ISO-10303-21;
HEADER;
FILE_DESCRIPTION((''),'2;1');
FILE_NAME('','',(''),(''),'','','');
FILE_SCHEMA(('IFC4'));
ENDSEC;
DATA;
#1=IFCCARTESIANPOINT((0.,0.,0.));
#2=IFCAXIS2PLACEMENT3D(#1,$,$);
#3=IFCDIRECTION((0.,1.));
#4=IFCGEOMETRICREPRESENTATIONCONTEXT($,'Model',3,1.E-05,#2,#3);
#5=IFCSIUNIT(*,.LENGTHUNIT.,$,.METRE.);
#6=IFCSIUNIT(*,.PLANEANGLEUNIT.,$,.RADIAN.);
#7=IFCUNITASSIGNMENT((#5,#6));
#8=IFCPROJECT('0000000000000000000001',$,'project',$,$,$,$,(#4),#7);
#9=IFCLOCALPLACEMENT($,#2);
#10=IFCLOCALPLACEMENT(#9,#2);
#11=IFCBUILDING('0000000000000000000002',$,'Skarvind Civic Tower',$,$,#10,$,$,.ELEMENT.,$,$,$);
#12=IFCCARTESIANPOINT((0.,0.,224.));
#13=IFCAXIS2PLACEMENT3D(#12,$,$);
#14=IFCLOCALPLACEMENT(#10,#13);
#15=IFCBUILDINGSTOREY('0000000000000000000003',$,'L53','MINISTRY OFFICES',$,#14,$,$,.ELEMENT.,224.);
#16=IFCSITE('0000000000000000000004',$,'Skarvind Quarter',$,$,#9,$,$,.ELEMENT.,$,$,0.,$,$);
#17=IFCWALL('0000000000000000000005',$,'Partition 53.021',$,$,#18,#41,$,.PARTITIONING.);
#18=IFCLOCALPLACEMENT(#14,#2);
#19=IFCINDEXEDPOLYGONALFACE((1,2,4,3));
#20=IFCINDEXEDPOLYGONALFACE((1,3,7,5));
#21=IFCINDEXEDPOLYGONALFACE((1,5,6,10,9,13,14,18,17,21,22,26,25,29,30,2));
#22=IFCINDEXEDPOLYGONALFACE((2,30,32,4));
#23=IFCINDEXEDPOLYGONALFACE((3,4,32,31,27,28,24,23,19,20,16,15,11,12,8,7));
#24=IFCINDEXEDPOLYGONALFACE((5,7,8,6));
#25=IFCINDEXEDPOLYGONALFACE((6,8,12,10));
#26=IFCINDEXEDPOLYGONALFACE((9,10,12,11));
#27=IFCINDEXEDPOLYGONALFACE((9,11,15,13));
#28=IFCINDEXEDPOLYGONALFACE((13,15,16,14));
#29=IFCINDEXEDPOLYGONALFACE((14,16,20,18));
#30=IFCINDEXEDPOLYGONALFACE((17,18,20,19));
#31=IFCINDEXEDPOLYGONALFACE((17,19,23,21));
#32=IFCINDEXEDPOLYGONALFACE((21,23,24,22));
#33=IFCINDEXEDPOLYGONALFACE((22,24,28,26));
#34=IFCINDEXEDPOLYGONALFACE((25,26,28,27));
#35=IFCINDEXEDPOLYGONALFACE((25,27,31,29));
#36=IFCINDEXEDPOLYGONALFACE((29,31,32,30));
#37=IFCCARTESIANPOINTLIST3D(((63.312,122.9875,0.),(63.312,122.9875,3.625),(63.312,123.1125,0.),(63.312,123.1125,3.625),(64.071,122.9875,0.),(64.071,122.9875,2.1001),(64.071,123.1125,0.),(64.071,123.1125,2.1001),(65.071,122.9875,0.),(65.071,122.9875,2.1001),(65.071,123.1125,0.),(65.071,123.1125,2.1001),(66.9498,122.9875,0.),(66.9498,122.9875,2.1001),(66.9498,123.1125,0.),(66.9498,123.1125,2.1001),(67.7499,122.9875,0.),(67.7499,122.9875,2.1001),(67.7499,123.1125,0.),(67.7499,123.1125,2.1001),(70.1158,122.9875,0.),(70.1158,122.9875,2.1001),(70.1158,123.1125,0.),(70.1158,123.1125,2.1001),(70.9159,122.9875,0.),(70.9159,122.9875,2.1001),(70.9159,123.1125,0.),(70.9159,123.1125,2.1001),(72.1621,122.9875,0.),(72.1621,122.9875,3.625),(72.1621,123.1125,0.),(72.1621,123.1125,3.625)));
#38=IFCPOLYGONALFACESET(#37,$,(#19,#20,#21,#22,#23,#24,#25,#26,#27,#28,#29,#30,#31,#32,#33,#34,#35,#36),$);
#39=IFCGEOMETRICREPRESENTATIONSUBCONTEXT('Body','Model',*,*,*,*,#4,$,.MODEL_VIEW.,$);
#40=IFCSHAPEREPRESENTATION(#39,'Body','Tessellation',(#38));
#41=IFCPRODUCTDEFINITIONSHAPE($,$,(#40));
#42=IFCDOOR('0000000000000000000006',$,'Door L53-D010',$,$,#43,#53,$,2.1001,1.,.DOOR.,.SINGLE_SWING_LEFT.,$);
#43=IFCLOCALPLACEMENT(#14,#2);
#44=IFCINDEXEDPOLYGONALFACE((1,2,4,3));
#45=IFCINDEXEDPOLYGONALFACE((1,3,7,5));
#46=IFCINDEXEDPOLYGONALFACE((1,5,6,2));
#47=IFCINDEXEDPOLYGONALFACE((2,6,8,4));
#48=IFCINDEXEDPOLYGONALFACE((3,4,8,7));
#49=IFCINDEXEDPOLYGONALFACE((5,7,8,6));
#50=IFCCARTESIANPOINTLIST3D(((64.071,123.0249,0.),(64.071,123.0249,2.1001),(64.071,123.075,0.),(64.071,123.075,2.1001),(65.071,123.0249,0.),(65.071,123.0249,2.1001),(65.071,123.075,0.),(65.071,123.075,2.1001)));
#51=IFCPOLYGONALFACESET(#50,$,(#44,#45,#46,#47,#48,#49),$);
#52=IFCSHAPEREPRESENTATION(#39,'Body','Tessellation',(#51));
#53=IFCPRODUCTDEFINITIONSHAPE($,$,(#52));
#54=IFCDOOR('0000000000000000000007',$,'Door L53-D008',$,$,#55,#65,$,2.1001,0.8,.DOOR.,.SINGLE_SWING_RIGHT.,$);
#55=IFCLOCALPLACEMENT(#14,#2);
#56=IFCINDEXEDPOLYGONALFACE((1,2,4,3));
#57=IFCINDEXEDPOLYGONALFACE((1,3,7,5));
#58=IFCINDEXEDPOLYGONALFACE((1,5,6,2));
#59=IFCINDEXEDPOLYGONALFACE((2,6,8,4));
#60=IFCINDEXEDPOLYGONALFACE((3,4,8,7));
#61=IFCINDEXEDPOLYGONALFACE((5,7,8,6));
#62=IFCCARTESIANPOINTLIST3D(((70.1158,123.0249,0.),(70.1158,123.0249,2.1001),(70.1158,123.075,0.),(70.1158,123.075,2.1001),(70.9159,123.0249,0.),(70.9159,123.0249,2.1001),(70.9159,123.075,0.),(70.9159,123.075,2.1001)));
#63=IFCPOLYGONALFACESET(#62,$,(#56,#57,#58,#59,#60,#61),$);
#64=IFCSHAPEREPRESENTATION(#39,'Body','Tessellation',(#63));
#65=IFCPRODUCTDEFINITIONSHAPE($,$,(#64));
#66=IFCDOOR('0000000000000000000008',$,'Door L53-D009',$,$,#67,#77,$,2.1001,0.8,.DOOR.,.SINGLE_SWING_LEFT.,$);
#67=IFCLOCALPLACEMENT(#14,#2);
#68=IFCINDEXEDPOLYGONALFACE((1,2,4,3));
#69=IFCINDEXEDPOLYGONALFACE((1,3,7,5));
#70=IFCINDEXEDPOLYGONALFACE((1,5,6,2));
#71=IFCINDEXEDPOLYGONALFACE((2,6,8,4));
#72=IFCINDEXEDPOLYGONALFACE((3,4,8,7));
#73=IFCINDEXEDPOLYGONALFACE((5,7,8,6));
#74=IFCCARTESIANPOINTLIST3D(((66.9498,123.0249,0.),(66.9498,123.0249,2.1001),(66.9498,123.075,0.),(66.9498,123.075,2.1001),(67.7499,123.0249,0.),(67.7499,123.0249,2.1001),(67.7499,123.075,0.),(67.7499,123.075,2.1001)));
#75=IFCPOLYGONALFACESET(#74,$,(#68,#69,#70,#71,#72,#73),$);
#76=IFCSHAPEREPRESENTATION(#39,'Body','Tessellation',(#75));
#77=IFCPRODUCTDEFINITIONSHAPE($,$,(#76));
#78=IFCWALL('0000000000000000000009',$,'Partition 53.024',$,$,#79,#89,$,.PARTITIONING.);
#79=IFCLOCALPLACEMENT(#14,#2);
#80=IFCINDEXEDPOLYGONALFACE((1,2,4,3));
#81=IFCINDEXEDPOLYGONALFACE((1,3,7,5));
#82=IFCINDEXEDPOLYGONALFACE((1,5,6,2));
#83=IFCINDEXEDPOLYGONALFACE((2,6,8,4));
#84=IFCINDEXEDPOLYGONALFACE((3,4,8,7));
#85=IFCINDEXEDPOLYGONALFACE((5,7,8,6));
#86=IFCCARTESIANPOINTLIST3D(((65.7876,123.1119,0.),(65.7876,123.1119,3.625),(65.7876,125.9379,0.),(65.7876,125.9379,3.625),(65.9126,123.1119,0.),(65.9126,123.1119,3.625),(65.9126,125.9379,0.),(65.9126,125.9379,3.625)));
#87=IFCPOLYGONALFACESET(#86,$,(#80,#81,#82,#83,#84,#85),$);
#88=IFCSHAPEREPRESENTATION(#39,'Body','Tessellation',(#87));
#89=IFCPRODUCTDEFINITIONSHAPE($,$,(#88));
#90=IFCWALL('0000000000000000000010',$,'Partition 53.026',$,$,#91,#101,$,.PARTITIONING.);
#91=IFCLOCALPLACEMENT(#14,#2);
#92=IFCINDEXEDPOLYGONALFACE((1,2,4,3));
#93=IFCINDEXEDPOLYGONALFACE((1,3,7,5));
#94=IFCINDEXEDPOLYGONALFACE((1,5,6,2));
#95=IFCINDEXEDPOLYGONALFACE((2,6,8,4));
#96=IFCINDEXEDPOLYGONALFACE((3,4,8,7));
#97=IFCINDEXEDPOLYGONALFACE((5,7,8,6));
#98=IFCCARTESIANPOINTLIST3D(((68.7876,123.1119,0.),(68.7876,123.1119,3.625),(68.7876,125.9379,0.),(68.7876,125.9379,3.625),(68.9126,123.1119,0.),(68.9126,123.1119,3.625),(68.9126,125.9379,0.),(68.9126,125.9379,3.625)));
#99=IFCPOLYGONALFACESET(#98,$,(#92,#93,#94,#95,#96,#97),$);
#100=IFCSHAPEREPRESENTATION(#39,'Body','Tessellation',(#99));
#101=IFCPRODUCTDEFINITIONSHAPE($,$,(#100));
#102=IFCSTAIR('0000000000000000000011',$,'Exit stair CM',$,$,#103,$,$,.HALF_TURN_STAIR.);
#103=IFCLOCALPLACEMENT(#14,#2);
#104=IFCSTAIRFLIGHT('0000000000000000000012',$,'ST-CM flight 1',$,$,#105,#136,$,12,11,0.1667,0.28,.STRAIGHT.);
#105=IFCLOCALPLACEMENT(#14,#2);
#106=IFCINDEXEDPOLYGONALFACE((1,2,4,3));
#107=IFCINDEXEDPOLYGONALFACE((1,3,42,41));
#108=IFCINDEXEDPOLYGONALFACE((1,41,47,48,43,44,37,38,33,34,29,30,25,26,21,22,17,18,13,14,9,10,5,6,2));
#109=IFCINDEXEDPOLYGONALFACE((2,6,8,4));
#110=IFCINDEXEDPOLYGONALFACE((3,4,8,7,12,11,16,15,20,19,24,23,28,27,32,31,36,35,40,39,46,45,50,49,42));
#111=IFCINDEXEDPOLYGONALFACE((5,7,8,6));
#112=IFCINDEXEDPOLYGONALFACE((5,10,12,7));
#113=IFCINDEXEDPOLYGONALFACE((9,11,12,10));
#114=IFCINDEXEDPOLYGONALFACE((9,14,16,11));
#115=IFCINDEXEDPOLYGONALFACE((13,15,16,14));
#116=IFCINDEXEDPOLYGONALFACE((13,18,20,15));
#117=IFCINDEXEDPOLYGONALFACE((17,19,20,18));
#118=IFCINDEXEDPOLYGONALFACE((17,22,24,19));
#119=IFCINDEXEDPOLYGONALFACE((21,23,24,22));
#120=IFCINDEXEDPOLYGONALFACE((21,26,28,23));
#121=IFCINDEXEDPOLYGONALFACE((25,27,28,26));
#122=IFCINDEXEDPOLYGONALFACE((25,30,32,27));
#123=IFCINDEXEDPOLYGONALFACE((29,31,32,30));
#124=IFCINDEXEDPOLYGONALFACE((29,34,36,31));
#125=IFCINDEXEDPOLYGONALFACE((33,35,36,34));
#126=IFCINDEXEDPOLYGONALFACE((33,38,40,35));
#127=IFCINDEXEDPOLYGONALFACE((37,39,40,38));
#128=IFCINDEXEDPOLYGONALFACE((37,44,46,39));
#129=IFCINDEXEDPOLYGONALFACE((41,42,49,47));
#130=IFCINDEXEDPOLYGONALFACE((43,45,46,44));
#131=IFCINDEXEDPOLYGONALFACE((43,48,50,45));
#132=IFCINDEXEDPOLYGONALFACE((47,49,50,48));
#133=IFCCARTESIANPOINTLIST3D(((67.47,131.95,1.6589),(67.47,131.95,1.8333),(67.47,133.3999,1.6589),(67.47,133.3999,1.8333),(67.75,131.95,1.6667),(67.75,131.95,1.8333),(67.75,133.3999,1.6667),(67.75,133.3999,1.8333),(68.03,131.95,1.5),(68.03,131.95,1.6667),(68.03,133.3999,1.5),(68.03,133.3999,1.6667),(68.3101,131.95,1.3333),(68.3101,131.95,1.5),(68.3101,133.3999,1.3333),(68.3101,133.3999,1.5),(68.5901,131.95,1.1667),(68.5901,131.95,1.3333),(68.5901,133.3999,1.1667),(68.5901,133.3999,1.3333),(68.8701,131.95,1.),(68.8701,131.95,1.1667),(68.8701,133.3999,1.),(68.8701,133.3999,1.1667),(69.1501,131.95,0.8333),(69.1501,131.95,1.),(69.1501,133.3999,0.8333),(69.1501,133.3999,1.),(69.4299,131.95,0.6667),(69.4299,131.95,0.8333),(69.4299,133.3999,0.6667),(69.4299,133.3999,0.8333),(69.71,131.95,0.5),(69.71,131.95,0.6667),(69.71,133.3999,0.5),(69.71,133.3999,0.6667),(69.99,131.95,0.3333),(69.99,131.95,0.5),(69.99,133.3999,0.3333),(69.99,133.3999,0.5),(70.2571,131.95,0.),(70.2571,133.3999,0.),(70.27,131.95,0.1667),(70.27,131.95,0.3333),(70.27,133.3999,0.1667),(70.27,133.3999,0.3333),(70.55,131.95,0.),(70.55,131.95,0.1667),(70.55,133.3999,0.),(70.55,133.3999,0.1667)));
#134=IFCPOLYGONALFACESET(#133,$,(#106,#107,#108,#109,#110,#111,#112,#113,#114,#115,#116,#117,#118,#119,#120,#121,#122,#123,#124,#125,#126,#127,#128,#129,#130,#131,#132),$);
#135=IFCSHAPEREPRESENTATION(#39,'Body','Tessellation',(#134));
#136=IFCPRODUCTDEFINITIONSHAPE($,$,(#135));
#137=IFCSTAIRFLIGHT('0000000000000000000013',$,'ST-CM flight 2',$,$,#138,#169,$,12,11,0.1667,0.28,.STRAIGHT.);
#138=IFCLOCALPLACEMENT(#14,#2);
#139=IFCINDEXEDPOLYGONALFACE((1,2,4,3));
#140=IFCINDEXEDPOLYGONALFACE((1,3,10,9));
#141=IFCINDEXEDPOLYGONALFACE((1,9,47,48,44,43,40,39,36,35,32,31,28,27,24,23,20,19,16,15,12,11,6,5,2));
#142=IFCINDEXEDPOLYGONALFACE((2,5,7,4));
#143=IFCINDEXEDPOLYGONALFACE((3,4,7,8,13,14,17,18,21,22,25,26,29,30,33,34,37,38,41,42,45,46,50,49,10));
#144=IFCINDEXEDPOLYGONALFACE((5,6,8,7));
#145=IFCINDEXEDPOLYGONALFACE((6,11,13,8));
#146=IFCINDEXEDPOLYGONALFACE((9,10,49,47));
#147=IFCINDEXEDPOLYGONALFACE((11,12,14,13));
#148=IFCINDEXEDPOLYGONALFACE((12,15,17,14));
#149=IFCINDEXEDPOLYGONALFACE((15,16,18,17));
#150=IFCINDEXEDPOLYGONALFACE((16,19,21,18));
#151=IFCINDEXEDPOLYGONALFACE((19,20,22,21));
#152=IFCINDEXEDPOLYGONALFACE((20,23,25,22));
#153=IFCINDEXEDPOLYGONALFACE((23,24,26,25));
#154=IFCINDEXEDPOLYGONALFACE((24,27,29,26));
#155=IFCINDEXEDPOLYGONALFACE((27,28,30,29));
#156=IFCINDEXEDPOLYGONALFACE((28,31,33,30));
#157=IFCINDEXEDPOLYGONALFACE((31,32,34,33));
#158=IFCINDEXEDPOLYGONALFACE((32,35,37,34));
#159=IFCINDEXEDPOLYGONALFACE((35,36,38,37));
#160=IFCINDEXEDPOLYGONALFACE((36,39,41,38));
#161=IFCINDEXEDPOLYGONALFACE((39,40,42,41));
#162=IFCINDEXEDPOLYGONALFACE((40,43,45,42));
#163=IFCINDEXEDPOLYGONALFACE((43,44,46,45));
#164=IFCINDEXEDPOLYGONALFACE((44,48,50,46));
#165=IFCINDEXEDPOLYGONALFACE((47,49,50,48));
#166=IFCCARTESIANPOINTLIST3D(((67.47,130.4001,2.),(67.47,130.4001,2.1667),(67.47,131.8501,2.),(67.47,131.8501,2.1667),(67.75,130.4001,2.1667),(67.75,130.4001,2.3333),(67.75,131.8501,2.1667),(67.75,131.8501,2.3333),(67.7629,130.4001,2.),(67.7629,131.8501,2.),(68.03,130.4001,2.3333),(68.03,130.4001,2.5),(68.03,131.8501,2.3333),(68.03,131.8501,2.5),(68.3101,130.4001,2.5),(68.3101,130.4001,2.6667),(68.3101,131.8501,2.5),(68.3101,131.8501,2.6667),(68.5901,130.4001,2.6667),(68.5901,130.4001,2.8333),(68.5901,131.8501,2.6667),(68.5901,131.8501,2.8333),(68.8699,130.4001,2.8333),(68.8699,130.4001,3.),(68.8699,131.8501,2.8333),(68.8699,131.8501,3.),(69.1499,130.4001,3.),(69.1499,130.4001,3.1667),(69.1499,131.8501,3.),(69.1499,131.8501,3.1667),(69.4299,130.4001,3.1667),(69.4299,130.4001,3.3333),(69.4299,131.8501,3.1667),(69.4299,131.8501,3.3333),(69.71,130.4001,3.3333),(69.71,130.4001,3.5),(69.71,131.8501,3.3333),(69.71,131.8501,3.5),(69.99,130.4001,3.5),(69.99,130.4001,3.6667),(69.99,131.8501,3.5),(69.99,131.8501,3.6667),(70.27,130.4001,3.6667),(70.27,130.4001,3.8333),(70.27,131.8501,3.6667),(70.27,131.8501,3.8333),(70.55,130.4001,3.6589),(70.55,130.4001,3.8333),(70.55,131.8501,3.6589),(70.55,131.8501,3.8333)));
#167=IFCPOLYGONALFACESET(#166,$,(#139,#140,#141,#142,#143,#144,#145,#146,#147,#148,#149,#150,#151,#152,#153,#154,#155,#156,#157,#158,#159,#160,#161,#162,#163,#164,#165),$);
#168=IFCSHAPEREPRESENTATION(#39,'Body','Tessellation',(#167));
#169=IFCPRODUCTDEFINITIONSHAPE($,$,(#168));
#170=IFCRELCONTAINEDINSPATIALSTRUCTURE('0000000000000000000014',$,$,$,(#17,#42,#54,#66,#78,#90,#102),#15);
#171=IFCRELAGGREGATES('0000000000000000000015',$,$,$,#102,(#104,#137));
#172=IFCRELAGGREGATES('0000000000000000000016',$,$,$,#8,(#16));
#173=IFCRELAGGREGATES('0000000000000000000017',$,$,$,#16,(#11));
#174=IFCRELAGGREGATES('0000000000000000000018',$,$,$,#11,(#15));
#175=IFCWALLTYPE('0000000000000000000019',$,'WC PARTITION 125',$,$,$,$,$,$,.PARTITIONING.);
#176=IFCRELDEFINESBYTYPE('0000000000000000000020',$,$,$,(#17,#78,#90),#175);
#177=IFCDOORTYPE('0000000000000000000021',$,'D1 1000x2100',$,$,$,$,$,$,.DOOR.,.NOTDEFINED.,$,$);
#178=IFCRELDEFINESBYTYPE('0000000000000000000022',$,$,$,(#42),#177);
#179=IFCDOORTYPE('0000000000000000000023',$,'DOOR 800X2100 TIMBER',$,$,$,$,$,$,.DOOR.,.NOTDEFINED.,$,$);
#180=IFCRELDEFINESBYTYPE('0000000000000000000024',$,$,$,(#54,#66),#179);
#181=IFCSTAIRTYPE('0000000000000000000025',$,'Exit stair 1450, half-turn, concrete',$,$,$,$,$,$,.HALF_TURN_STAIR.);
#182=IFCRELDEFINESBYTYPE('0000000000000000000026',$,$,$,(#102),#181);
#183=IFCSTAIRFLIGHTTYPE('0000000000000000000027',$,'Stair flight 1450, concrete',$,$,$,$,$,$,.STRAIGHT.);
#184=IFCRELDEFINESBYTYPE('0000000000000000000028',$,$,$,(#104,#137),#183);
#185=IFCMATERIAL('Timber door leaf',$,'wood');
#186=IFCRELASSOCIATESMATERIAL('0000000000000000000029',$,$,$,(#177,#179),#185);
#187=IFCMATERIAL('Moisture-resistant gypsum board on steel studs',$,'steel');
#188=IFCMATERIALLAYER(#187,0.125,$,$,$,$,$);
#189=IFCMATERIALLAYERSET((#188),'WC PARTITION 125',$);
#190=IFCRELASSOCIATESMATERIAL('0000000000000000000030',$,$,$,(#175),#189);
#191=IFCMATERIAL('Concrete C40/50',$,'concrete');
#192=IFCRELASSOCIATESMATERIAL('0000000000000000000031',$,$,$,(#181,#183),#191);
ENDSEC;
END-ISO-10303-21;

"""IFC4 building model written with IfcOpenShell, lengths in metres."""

from ifc_helpers import new_model, si_unit, direction, frame, frame_2d, origin, place, context, subcontext, project, spatial, polyline, rectangle, outline, extrude, material, layer, layer_set, type_object, element, fill, aggregate, save


model = new_model("IFC4")

# Units and contexts
model_context = context("Model", 3, precision=1e-05, world=origin(), true_north=direction((0.0, 1.0)))
body_context = subcontext(model_context, "Body", "Model", "MODEL_VIEW")
ifc_project = project(units=[si_unit("LENGTHUNIT", "METRE"), si_unit("PLANEANGLEUNIT", "RADIAN")], contexts=[model_context])

# Site, building, storey
site_placement = place(None, origin())
site = spatial("IfcSite", under=ifc_project, at=site_placement, Name="Skarvind Quarter", CompositionType="ELEMENT", RefElevation=0.0)
building_placement = place(site_placement, origin())
building = spatial("IfcBuilding", under=site, at=building_placement, Name="Skarvind Civic Tower", CompositionType="ELEMENT")
storey_placement = place(building_placement, frame((0.0, 0.0, 224.0)))
storey = spatial("IfcBuildingStorey", under=building, at=storey_placement, Name="L53", Description="MINISTRY OFFICES", CompositionType="ELEMENT", Elevation=224.0)

# Shared definitions
ifc_material_1 = material(Name="Timber door leaf", Category="wood")
door_type_1 = type_object("IfcDoorType", Name="D1 1000x2100", OperationType="NOTDEFINED", PredefinedType="DOOR", material=ifc_material_1)

# Wall, openings, doors
ifc_material_2 = material(Name="Moisture-resistant gypsum board on steel studs", Category="steel")
ifc_layer_1 = layer(ifc_material_2, 0.125)
ifc_layer_set_1 = layer_set([ifc_layer_1], Name="WC PARTITION 125")
wall_type_1 = type_object("IfcWallType", Name="WC PARTITION 125", PredefinedType="PARTITIONING", material=ifc_layer_set_1)
wall_1_placement = place(storey_placement, frame((63.312, 123.05, 0.0), z_axis=(0.0, 0.0, 1.0), x_axis=(1.0, 0.0, 0.0)))
wall_1 = element("IfcWall", 1, at=wall_1_placement, inside=storey, type_object=wall_type_1, Name="Partition 53.021", PredefinedType="PARTITIONING", context=body_context, shape_type="SweptSolid", body=[
    extrude(rectangle(XDim=8.8501, YDim=0.125, at=frame_2d((4.425, 0.0))), origin(), (0.0, 0.0, 1.0), 3.625),
])
opening_1_placement = place(wall_1_placement, frame((6.804, 0.0, 0.0)))
opening_1 = element("IfcOpeningElement", 2, at=opening_1_placement, cuts=wall_1, PredefinedType="OPENING", context=body_context, shape_type="SweptSolid", body=[
    extrude(rectangle(XDim=0.8, YDim=2.1001, at=frame_2d((0.3999, 1.05))), frame((0.0, 0.0725, 0.0), z_axis=(0.0, -1.0, 0.0), x_axis=(1.0, 0.0, 0.0)), (0.0, 0.0, 1.0), 0.145),
])
opening_2_placement = place(wall_1_placement, frame((3.6379, 0.0, 0.0)))
opening_2 = element("IfcOpeningElement", 3, at=opening_2_placement, cuts=wall_1, PredefinedType="OPENING", context=body_context, shape_type="SweptSolid", body=[
    extrude(rectangle(XDim=0.8, YDim=2.1001, at=frame_2d((0.3999, 1.05))), frame((0.0, 0.0725, 0.0), z_axis=(0.0, -1.0, 0.0), x_axis=(1.0, 0.0, 0.0)), (0.0, 0.0, 1.0), 0.145),
])
opening_3_placement = place(wall_1_placement, frame((0.759, 0.0, 0.0)))
opening_3 = element("IfcOpeningElement", 4, at=opening_3_placement, cuts=wall_1, PredefinedType="OPENING", context=body_context, shape_type="SweptSolid", body=[
    extrude(rectangle(XDim=1.0, YDim=2.1001, at=frame_2d((0.5, 1.05))), frame((0.0, 0.0725, 0.0), z_axis=(0.0, -1.0, 0.0), x_axis=(1.0, 0.0, 0.0)), (0.0, 0.0, 1.0), 0.145),
])
door_1_placement = place(opening_3_placement, origin())
door_1 = element("IfcDoor", 5, at=door_1_placement, inside=storey, type_object=door_type_1, Name="Door L53-D010", OperationType="SINGLE_SWING_LEFT", OverallHeight=2.1001, OverallWidth=1.0, PredefinedType="DOOR", context=body_context, shape_type="SweptSolid", body=[
    extrude(rectangle(XDim=1.0, YDim=2.1001, at=frame_2d((0.5, 1.05))), frame((0.0, 0.0249, 0.0), z_axis=(0.0, -1.0, 0.0), x_axis=(1.0, 0.0, 0.0)), (0.0, 0.0, 1.0), 0.05),
])
fill(opening_3, door_1)
door_type_2 = type_object("IfcDoorType", Name="DOOR 800X2100 TIMBER", OperationType="NOTDEFINED", PredefinedType="DOOR", material=ifc_material_1)
door_2_placement = place(opening_1_placement, origin())
door_2 = element("IfcDoor", 6, at=door_2_placement, inside=storey, type_object=door_type_2, Name="Door L53-D008", OperationType="SINGLE_SWING_RIGHT", OverallHeight=2.1001, OverallWidth=0.8, PredefinedType="DOOR", context=body_context, shape_type="SweptSolid", body=[
    extrude(rectangle(XDim=0.8, YDim=2.1001, at=frame_2d((0.3999, 1.05))), frame((0.0, 0.0249, 0.0), z_axis=(0.0, -1.0, 0.0), x_axis=(1.0, 0.0, 0.0)), (0.0, 0.0, 1.0), 0.05),
])
fill(opening_1, door_2)
door_3_placement = place(opening_2_placement, origin())
door_3 = element("IfcDoor", 7, at=door_3_placement, inside=storey, type_object=door_type_2, Name="Door L53-D009", OperationType="SINGLE_SWING_LEFT", OverallHeight=2.1001, OverallWidth=0.8, PredefinedType="DOOR", context=body_context, shape_type="SweptSolid", body=[
    extrude(rectangle(XDim=0.8, YDim=2.1001, at=frame_2d((0.3999, 1.05))), frame((0.0, 0.0249, 0.0), z_axis=(0.0, -1.0, 0.0), x_axis=(1.0, 0.0, 0.0)), (0.0, 0.0, 1.0), 0.05),
])
fill(opening_2, door_3)

# Walls
for number, where, z_axis, x_axis, name in (
    (8, (65.8501, 125.938, 0.0), (0.0, 0.0, 1.0), (0.0, -1.0, 0.0), "Partition 53.024"),
    (9, (68.8501, 125.938, 0.0), (0.0, 0.0, 1.0), (0.0, -1.0, 0.0), "Partition 53.026"),
):
    element("IfcWall", number, at=place(storey_placement, frame(where, z_axis=z_axis, x_axis=x_axis)), inside=storey, type_object=wall_type_1, Name=name, PredefinedType="PARTITIONING", context=body_context, shape_type="SweptSolid", body=[
        extrude(rectangle(XDim=2.8259, YDim=0.125, at=frame_2d((1.4131, 0.0))), origin(), (0.0, 0.0, 1.0), 3.625),
    ])

# Stair, stair flights
ifc_material_3 = material(Name="Concrete C40/50", Category="concrete")
stair_type = type_object("IfcStairType", Name="Exit stair 1450, half-turn, concrete", PredefinedType="HALF_TURN_STAIR", material=ifc_material_3)
stair_placement = place(storey_placement, origin())
stair = element("IfcStair", 10, at=stair_placement, inside=storey, type_object=stair_type, Name="Exit stair CM", PredefinedType="HALF_TURN_STAIR")
stair_flight_type = type_object("IfcStairFlightType", Name="Stair flight 1450, concrete", PredefinedType="STRAIGHT", material=ifc_material_3)
stair_flight_1_placement = place(storey_placement, frame((70.55, 132.675, 0.0), z_axis=(0.0, 0.0, 1.0), x_axis=(-1.0, 0.0, 0.0)))
stair_flight_1 = element("IfcStairFlight", 11, at=stair_flight_1_placement, type_object=stair_flight_type, Name="ST-CM flight 1", NumberOfRisers=12, NumberOfTreads=11, PredefinedType="STRAIGHT", RiserHeight=0.1667, TreadLength=0.28, context=body_context, shape_type="SweptSolid", body=[
    extrude(outline(polyline([(0.0, 0.0), (0.0, 0.1667), (0.28, 0.1667), (0.28, 0.3333), (0.5601, 0.3333), (0.5601, 0.5), (0.8401, 0.5), (0.8401, 0.6667), (1.1201, 0.6667), (1.1201, 0.8333), (1.3999, 0.8333), (1.3999, 1.0), (1.6799, 1.0), (1.6799, 1.1667), (1.96, 1.1667), (1.96, 1.3333), (2.24, 1.3333), (2.24, 1.5), (2.52, 1.5), (2.52, 1.6667), (2.8, 1.6667), (2.8, 1.8333), (3.0801, 1.8333), (3.0801, 2.0), (3.0801, 1.6589), (0.293, 0.0), (0.0, 0.0)])), frame((0.0, 0.7251, 0.0), z_axis=(0.0, -1.0, 0.0), x_axis=(1.0, 0.0, 0.0)), (0.0, 0.0, 1.0), 1.45),
])
stair_flight_2_placement = place(storey_placement, frame((67.47, 131.125, 2.0), z_axis=(0.0, 0.0, 1.0), x_axis=(1.0, 0.0, 0.0)))
stair_flight_2 = element("IfcStairFlight", 12, at=stair_flight_2_placement, type_object=stair_flight_type, Name="ST-CM flight 2", NumberOfRisers=12, NumberOfTreads=11, PredefinedType="STRAIGHT", RiserHeight=0.1667, TreadLength=0.28, context=body_context, shape_type="SweptSolid", body=[
    extrude(outline(polyline([(0.0, 0.0), (0.0, 0.1667), (0.28, 0.1667), (0.28, 0.3333), (0.5601, 0.3333), (0.5601, 0.5), (0.8401, 0.5), (0.8401, 0.6667), (1.1201, 0.6667), (1.1201, 0.8333), (1.3999, 0.8333), (1.3999, 1.0), (1.6799, 1.0), (1.6799, 1.1667), (1.96, 1.1667), (1.96, 1.3333), (2.24, 1.3333), (2.24, 1.5), (2.52, 1.5), (2.52, 1.6667), (2.8, 1.6667), (2.8, 1.8333), (3.0801, 1.8333), (3.0801, 2.0), (3.0801, 1.6589), (0.293, 0.0), (0.0, 0.0)])), frame((0.0, 0.7251, 0.0), z_axis=(0.0, -1.0, 0.0), x_axis=(1.0, 0.0, 0.0)), (0.0, 0.0, 1.0), 1.45),
])
aggregate(stair, [stair_flight_1, stair_flight_2])

save(model, "model.ifc")
